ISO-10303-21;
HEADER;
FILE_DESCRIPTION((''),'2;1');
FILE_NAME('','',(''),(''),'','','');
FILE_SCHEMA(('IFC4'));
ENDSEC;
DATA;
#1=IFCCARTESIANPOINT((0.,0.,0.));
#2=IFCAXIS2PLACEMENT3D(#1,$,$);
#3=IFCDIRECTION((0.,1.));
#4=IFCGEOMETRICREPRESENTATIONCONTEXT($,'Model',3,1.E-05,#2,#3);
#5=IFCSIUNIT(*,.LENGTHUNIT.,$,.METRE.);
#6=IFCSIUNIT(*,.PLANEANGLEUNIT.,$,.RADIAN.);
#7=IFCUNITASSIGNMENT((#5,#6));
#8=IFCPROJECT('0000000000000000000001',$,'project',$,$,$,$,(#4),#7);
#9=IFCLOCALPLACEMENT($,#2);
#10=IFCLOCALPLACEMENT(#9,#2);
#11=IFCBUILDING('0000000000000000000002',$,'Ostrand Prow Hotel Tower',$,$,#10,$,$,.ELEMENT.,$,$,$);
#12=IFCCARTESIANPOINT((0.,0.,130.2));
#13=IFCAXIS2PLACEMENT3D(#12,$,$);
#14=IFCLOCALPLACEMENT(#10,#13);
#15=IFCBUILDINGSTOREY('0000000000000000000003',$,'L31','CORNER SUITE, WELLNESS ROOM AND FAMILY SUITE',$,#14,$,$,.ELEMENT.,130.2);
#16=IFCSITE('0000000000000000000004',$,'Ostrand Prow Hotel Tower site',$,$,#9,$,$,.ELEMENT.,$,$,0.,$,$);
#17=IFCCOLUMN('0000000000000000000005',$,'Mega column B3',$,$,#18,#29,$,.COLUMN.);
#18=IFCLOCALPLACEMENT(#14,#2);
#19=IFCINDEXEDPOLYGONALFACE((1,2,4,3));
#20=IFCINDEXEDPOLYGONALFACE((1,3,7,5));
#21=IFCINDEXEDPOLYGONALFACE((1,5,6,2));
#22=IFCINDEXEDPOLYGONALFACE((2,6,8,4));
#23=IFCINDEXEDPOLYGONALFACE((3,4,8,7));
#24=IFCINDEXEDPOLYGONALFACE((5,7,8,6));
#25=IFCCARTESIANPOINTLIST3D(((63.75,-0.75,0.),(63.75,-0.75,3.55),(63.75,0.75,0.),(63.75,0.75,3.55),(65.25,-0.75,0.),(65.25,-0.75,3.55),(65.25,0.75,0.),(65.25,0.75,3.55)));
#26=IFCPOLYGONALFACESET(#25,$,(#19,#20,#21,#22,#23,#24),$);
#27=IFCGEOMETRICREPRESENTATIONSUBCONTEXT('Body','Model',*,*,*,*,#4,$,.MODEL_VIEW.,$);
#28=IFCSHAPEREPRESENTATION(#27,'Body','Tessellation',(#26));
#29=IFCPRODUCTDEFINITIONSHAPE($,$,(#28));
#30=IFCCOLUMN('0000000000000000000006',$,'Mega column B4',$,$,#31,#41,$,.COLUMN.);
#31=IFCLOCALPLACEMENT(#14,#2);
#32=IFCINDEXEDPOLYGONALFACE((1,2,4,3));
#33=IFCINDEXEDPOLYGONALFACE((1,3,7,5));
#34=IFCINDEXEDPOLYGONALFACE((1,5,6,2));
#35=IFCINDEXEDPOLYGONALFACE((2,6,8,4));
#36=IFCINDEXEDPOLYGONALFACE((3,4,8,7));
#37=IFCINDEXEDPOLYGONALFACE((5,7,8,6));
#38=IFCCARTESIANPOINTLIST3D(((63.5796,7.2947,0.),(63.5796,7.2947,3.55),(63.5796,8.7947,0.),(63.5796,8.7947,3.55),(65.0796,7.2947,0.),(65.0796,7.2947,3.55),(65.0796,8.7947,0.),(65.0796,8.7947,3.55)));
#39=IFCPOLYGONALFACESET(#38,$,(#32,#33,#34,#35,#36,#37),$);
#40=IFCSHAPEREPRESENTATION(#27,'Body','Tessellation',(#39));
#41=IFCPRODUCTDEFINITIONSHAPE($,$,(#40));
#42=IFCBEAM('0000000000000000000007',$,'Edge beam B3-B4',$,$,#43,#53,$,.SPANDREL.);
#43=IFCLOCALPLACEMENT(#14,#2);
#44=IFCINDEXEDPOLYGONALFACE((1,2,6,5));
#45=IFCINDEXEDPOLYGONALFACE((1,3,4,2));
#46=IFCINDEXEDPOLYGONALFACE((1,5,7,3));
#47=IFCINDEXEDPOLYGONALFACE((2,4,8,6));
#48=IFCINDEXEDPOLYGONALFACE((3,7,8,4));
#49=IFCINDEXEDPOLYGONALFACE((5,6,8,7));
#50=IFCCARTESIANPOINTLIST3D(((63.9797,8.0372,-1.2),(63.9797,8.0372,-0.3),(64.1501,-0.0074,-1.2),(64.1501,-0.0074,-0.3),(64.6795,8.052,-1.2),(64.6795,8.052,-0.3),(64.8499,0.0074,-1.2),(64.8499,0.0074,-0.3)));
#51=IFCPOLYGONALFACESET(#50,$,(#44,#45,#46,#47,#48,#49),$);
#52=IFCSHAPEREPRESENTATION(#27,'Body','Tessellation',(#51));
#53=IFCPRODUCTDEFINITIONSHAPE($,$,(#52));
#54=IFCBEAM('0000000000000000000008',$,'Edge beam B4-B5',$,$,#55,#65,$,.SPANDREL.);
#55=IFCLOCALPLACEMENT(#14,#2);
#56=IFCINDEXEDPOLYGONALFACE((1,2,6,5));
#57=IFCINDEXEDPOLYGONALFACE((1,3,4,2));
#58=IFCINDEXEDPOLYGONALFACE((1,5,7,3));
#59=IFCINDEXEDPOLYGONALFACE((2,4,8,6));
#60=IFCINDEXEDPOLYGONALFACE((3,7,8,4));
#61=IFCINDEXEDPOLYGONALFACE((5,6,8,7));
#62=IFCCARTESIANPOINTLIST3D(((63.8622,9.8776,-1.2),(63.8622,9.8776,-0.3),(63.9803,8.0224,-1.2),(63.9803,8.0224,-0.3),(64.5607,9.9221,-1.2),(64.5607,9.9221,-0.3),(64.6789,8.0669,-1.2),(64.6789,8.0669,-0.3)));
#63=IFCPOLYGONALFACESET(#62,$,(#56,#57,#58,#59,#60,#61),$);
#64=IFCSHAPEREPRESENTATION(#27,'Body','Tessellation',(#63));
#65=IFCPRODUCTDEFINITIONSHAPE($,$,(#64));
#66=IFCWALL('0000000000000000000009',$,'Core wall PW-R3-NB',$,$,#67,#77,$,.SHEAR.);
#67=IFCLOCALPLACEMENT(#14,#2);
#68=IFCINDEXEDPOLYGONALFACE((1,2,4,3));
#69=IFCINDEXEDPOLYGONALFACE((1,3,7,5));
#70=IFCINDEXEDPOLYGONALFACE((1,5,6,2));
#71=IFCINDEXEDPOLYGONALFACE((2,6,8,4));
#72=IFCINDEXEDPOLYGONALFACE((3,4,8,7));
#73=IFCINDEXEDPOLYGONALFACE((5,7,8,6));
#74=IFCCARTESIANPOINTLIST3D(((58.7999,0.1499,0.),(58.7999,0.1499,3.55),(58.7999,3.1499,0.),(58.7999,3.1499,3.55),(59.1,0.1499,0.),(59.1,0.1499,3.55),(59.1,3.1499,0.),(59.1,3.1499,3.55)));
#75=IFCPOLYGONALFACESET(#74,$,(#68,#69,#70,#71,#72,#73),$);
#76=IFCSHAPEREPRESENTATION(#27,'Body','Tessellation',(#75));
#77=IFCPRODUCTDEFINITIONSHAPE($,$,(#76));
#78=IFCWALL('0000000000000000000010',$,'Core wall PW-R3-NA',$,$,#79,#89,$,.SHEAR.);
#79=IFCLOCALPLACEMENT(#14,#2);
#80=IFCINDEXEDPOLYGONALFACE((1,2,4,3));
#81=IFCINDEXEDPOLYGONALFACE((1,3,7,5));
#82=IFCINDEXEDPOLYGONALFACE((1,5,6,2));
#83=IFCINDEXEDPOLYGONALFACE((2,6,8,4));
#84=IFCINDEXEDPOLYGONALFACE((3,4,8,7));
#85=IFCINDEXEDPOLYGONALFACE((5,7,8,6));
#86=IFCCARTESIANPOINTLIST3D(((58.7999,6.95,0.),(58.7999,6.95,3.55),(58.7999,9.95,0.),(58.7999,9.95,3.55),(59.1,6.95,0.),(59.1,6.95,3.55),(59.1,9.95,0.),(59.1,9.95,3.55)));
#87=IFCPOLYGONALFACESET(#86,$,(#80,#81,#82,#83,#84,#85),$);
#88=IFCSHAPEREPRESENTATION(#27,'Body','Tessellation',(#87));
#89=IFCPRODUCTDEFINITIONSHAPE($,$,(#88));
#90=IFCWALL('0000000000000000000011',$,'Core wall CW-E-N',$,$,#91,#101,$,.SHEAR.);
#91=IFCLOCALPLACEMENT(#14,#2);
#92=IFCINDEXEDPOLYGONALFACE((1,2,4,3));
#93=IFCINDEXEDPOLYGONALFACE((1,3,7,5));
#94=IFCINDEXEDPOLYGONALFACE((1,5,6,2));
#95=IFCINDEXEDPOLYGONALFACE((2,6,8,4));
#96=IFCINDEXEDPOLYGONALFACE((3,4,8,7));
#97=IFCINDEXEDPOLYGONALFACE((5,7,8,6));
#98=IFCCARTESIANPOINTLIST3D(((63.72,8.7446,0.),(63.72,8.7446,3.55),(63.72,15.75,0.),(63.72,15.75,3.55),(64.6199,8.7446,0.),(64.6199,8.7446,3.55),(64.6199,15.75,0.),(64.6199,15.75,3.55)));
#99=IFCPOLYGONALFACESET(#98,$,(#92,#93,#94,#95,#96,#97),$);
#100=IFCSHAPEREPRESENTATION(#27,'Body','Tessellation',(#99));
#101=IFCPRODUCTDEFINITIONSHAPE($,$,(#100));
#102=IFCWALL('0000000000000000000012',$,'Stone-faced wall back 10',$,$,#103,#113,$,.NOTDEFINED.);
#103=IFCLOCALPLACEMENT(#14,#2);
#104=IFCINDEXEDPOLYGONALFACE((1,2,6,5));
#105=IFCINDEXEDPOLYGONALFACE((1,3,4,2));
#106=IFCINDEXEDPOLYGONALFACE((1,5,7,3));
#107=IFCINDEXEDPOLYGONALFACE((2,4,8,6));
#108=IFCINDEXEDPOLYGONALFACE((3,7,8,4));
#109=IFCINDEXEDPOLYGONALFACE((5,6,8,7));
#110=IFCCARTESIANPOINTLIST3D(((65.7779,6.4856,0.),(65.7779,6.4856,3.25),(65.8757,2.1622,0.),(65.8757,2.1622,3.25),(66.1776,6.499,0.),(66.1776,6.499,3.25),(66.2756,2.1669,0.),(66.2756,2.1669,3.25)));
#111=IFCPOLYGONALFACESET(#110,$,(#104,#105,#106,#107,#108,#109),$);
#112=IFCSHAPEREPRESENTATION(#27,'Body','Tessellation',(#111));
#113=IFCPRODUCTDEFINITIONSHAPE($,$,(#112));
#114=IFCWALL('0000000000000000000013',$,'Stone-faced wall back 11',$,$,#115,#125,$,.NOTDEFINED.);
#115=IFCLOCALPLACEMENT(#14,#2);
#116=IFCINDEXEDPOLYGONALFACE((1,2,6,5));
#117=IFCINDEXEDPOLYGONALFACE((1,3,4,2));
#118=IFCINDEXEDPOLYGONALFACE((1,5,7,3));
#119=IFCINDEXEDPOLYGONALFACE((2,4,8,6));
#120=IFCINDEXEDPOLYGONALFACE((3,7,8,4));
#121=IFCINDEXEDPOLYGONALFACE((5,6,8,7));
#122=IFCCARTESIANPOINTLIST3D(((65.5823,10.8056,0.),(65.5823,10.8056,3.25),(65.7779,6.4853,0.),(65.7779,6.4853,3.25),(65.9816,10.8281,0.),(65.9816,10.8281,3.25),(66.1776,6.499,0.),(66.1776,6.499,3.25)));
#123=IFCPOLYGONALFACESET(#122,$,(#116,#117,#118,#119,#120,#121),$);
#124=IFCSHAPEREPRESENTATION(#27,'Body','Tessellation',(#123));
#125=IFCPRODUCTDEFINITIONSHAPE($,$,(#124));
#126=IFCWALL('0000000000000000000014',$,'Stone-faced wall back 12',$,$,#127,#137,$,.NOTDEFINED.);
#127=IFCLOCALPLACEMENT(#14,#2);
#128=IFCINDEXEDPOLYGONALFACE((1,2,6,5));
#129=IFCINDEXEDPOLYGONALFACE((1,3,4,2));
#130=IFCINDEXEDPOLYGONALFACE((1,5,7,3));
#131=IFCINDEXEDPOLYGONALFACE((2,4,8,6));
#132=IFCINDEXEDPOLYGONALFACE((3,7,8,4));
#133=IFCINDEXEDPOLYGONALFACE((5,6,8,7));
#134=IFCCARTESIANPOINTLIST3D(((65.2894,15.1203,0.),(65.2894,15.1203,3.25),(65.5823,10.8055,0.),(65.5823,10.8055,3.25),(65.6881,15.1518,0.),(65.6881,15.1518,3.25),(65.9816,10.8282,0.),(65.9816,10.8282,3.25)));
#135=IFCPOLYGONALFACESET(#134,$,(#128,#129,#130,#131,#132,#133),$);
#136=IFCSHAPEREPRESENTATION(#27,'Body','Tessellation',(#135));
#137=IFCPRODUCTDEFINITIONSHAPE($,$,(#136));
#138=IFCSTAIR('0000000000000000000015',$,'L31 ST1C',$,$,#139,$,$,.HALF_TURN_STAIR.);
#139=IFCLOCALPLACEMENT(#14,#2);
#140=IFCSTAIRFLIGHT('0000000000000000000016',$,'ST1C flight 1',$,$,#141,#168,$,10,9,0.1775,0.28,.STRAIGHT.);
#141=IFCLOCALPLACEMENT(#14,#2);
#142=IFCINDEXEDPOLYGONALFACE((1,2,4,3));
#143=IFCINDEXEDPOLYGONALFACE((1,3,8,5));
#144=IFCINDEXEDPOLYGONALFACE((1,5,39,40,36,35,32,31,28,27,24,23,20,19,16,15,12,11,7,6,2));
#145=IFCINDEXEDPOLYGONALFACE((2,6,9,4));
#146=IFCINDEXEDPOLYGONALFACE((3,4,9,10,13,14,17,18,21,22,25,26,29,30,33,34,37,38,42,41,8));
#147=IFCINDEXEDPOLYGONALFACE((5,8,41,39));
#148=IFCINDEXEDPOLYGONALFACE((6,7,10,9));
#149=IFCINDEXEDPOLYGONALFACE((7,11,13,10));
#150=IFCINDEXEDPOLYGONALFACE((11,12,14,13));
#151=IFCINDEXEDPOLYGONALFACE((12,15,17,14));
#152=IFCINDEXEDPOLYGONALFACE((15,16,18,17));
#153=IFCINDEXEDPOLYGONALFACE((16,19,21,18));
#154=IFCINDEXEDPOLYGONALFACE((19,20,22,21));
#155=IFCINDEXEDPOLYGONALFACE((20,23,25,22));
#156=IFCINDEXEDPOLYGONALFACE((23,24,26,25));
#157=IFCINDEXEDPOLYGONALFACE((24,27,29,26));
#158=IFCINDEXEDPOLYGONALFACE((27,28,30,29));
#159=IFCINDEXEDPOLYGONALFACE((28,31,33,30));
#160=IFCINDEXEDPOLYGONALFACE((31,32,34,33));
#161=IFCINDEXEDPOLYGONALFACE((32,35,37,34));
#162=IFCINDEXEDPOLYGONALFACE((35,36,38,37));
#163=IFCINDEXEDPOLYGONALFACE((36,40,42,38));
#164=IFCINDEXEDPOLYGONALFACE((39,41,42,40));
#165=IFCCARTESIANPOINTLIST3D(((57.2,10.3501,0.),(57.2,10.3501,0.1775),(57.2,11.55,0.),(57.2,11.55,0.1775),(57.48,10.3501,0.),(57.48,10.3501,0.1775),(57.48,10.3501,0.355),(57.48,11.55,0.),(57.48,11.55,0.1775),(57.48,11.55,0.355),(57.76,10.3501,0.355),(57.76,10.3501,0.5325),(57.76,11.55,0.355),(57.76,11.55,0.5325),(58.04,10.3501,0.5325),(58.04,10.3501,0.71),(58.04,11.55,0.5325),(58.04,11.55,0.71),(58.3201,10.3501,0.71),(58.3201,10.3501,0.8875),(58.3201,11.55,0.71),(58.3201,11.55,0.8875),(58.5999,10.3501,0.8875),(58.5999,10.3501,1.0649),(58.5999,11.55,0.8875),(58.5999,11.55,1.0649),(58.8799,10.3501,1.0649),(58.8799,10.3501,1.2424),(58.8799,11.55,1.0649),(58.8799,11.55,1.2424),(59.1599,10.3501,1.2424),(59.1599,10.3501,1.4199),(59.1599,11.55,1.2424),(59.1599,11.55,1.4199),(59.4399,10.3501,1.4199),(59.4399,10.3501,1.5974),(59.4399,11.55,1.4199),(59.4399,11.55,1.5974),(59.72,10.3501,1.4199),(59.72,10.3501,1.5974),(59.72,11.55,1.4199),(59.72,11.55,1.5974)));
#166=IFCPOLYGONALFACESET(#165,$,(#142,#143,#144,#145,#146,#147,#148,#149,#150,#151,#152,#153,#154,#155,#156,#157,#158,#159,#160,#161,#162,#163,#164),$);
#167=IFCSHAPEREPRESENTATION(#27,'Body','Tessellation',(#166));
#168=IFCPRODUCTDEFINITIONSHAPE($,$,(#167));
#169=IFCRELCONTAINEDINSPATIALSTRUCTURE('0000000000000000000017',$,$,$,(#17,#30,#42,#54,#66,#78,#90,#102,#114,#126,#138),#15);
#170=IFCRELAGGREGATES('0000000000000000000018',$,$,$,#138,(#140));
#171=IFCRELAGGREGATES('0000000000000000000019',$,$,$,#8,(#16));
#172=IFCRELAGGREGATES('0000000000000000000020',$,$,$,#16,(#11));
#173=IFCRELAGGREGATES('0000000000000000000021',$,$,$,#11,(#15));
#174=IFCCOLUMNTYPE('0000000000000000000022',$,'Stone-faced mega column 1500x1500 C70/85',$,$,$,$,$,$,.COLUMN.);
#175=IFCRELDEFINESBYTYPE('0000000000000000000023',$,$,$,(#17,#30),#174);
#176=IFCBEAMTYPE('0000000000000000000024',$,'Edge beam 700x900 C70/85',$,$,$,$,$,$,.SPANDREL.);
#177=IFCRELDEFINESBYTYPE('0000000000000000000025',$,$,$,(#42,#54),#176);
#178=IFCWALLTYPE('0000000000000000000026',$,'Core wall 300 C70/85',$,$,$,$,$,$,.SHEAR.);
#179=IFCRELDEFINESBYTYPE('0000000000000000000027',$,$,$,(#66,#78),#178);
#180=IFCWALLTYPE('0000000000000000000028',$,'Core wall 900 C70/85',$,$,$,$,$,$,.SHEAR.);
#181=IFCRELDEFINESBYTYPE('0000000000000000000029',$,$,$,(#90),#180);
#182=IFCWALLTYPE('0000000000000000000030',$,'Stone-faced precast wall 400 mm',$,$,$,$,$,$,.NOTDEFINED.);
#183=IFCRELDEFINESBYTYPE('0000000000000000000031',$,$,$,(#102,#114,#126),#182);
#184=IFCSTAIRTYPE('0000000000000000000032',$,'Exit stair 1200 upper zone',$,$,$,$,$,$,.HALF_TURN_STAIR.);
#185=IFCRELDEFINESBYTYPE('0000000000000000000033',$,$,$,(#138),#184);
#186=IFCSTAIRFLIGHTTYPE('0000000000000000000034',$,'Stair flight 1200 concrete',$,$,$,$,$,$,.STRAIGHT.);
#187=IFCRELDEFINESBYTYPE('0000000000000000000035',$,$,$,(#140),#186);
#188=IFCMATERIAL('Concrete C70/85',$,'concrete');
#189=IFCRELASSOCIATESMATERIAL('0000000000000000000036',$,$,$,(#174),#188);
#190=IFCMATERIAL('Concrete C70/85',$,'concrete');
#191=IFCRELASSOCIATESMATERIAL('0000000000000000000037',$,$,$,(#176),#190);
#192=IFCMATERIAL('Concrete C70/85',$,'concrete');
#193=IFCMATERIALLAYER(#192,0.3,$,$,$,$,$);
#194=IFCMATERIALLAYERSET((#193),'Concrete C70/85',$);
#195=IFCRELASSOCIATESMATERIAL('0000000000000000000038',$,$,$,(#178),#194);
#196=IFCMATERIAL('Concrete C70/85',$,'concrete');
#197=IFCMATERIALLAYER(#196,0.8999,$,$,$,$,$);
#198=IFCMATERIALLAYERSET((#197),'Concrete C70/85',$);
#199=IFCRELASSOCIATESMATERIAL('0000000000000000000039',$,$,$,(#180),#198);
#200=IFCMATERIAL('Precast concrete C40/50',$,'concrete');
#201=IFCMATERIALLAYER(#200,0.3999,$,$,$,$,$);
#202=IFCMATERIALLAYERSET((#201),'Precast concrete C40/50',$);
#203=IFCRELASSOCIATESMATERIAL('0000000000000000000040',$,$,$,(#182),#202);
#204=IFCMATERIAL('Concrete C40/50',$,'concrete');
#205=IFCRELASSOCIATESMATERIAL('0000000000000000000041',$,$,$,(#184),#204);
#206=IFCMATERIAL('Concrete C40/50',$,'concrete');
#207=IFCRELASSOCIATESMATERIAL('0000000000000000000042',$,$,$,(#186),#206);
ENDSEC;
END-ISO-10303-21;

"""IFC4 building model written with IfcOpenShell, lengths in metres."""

from ifc_helpers import new_model, si_unit, direction, frame, frame_2d, origin, origin_2d, place, context, subcontext, project, spatial, polyline, rectangle, outline, extrude, material, layer, layer_set, material_profile, profile_set, type_object, element, aggregate, save


model = new_model("IFC4")

# Units and contexts
model_context = context("Model", 3, precision=1e-05, world=origin(), true_north=direction((0.0, 1.0)))
body_context = subcontext(model_context, "Body", "Model", "MODEL_VIEW")
ifc_project = project(units=[si_unit("LENGTHUNIT", "METRE"), si_unit("PLANEANGLEUNIT", "RADIAN")], contexts=[model_context])

# Site, building, storey
site_placement = place(None, origin())
site = spatial("IfcSite", under=ifc_project, at=site_placement, Name="Ostrand Prow Hotel Tower site", CompositionType="ELEMENT", RefElevation=0.0)
building_placement = place(site_placement, origin())
building = spatial("IfcBuilding", under=site, at=building_placement, Name="Ostrand Prow Hotel Tower", CompositionType="ELEMENT")
storey_placement = place(building_placement, frame((0.0, 0.0, 130.2)))
storey = spatial("IfcBuildingStorey", under=building, at=storey_placement, Name="L31", Description="CORNER SUITE, WELLNESS ROOM AND FAMILY SUITE", CompositionType="ELEMENT", Elevation=130.2)

# Columns
ifc_material_1 = material(Name="Concrete C70/85", Category="concrete")
ifc_material_profile_1 = material_profile(ifc_material_1, rectangle(XDim=1.5, YDim=1.5, at=origin_2d()), Name="RC 1500x1500")
ifc_profile_set_1 = profile_set([ifc_material_profile_1], Name="Concrete C70/85")
column_type = type_object("IfcColumnType", Name="Stone-faced mega column 1500x1500 C70/85", PredefinedType="COLUMN", material=ifc_profile_set_1)
for number, where, z_axis, x_axis, name in (
    (1, (64.5, 0.0, 0.0), (0.0, 0.0, 1.0), (1.0, 0.0, 0.0), "Mega column B3"),
    (2, (64.3296, 8.0447, 0.0), (0.0, 0.0, 1.0), (1.0, 0.0, 0.0), "Mega column B4"),
):
    element("IfcColumn", number, at=place(storey_placement, frame(where, z_axis=z_axis, x_axis=x_axis)), inside=storey, type_object=column_type, Name=name, PredefinedType="COLUMN", context=body_context, shape_type="SweptSolid", body=[
        extrude(rectangle(XDim=1.5, YDim=1.5, at=origin_2d()), origin(), (0.0, 0.0, 1.0), 3.55),
    ])

# Beams
ifc_material_2 = material(Name="Concrete C70/85", Category="concrete")
ifc_material_profile_2 = material_profile(ifc_material_2, rectangle(XDim=0.7, YDim=0.8999, at=origin_2d()), Name="RC 700x900")
ifc_profile_set_2 = profile_set([ifc_material_profile_2], Name="Concrete C70/85")
beam_type = type_object("IfcBeamType", Name="Edge beam 700x900 C70/85", PredefinedType="SPANDREL", material=ifc_profile_set_2)
beam_1_placement = place(storey_placement, frame((64.5, 0.0, -0.75), z_axis=(-0.021178, 0.999776, 0.0), x_axis=(-0.999776, -0.021178, 0.0)))
element("IfcBeam", 3, at=beam_1_placement, inside=storey, type_object=beam_type, Name="Edge beam B3-B4", PredefinedType="SPANDREL", context=body_context, shape_type="SweptSolid", body=[
    extrude(rectangle(XDim=0.7, YDim=0.8999, at=origin_2d()), origin(), (0.0, 0.0, 1.0), 8.0464),
])
beam_2_placement = place(storey_placement, frame((64.3296, 8.0447, -0.75), z_axis=(-0.063564, 0.997978, 0.0), x_axis=(-0.997978, -0.063564, 0.0)))
element("IfcBeam", 4, at=beam_2_placement, inside=storey, type_object=beam_type, Name="Edge beam B4-B5", PredefinedType="SPANDREL", context=body_context, shape_type="SweptSolid", body=[
    extrude(rectangle(XDim=0.7, YDim=0.8999, at=origin_2d()), origin(), (0.0, 0.0, 1.0), 1.8589),
])

# Walls
ifc_material_3 = material(Name="Concrete C70/85", Category="concrete")
ifc_layer_1 = layer(ifc_material_3, 0.3)
ifc_layer_set_1 = layer_set([ifc_layer_1], Name="Concrete C70/85")
wall_type_1 = type_object("IfcWallType", Name="Core wall 300 C70/85", PredefinedType="SHEAR", material=ifc_layer_set_1)
for number, where, z_axis, x_axis, name in (
    (5, (58.95, 0.1499, 0.0), (0.0, 0.0, 1.0), (0.0, 1.0, 0.0), "Core wall PW-R3-NB"),
    (6, (58.95, 6.95, 0.0), (0.0, 0.0, 1.0), (0.0, 1.0, 0.0), "Core wall PW-R3-NA"),
):
    element("IfcWall", number, at=place(storey_placement, frame(where, z_axis=z_axis, x_axis=x_axis)), inside=storey, type_object=wall_type_1, Name=name, PredefinedType="SHEAR", context=body_context, shape_type="SweptSolid", body=[
        extrude(rectangle(XDim=3.0, YDim=0.3, at=frame_2d((1.5, 0.0))), origin(), (0.0, 0.0, 1.0), 3.55),
    ])
ifc_material_4 = material(Name="Concrete C70/85", Category="concrete")
ifc_layer_2 = layer(ifc_material_4, 0.8999)
ifc_layer_set_2 = layer_set([ifc_layer_2], Name="Concrete C70/85")
wall_type_2 = type_object("IfcWallType", Name="Core wall 900 C70/85", PredefinedType="SHEAR", material=ifc_layer_set_2)
wall_1_placement = place(storey_placement, frame((64.1699, 8.7446, 0.0), z_axis=(0.0, 0.0, 1.0), x_axis=(0.0, 1.0, 0.0)))
element("IfcWall", 7, at=wall_1_placement, inside=storey, type_object=wall_type_2, Name="Core wall CW-E-N", PredefinedType="SHEAR", context=body_context, shape_type="SweptSolid", body=[
    extrude(rectangle(XDim=7.0054, YDim=0.8999, at=frame_2d((3.5027, 0.0))), origin(), (0.0, 0.0, 1.0), 3.55),
])
ifc_material_5 = material(Name="Precast concrete C40/50", Category="concrete")
ifc_layer_3 = layer(ifc_material_5, 0.3999)
ifc_layer_set_3 = layer_set([ifc_layer_3], Name="Precast concrete C40/50")
wall_type_3 = type_object("IfcWallType", Name="Stone-faced precast wall 400 mm", PredefinedType="NOTDEFINED", material=ifc_layer_set_3)
wall_2_placement = place(storey_placement, frame((66.0757, 2.1646, 0.0), z_axis=(0.0, 0.0, 1.0), x_axis=(-0.022616, 0.999744, 0.0)))
element("IfcWall", 8, at=wall_2_placement, inside=storey, type_object=wall_type_3, Name="Stone-faced wall back 10", PredefinedType="NOTDEFINED", context=body_context, shape_type="SweptSolid", body=[
    extrude(outline(polyline([(-0.0022, -0.2), (4.3311, -0.2), (4.3267, 0.2), (0.0022, 0.2), (-0.0022, -0.2)])), origin(), (0.0, 0.0, 1.0), 3.25),
])
for number, where, z_axis, x_axis, name in (
    (9, (65.9778, 6.4922, 0.0), (0.0, 0.0, 1.0), (-0.045229, 0.998977, 0.0), "Stone-faced wall back 11"),
    (10, (65.782, 10.8169, 0.0), (0.0, 0.0, 1.0), (-0.067732, 0.997704, 0.0), "Stone-faced wall back 12"),
):
    element("IfcWall", number, at=place(storey_placement, frame(where, z_axis=z_axis, x_axis=x_axis)), inside=storey, type_object=wall_type_3, Name=name, PredefinedType="NOTDEFINED", context=body_context, shape_type="SweptSolid", body=[
        extrude(outline(polyline([(-0.0022, -0.2), (4.3313, -0.2), (4.3269, 0.2), (0.0022, 0.2), (-0.0022, -0.2)])), origin(), (0.0, 0.0, 1.0), 3.25),
    ])

# Stair, stair flight
ifc_material_6 = material(Name="Concrete C40/50", Category="concrete")
stair_type = type_object("IfcStairType", Name="Exit stair 1200 upper zone", PredefinedType="HALF_TURN_STAIR", material=ifc_material_6)
stair_1_placement = place(storey_placement, origin())
stair_1 = element("IfcStair", 11, at=stair_1_placement, inside=storey, type_object=stair_type, Name="L31 ST1C", PredefinedType="HALF_TURN_STAIR")
ifc_material_7 = material(Name="Concrete C40/50", Category="concrete")
stair_flight_type = type_object("IfcStairFlightType", Name="Stair flight 1200 concrete", PredefinedType="STRAIGHT", material=ifc_material_7)
stair_flight_1_placement = place(storey_placement, frame((57.2, 10.95, 0.0), z_axis=(0.0, 0.0, 1.0), x_axis=(1.0, 0.0, 0.0)))
stair_flight_1 = element("IfcStairFlight", 12, at=stair_flight_1_placement, type_object=stair_flight_type, Name="ST1C flight 1", NumberOfRisers=10, NumberOfTreads=9, PredefinedType="STRAIGHT", RiserHeight=0.1775, TreadLength=0.28, context=body_context, shape_type="SweptSolid", body=[
    extrude(outline(polyline([(0.0, 0.0), (0.0, 0.1775), (0.28, 0.1775), (0.28, 0.355), (0.5601, 0.355), (0.5601, 0.5325), (0.8401, 0.5325), (0.8401, 0.71), (1.1201, 0.71), (1.1201, 0.8875), (1.3999, 0.8875), (1.3999, 1.0649), (1.6799, 1.0649), (1.6799, 1.2424), (1.96, 1.2424), (1.96, 1.4199), (2.24, 1.4199), (2.24, 1.5974), (2.52, 1.5974), (2.52, 1.7749), (2.52, 1.4199), (0.28, 0.0), (0.0, 0.0)])), frame((0.0, 0.6001, 0.0), z_axis=(0.0, -1.0, 0.0), x_axis=(1.0, 0.0, 0.0)), (0.0, 0.0, 1.0), 1.2),
])
aggregate(stair_1, [stair_flight_1])

save(model, "model.ifc")
